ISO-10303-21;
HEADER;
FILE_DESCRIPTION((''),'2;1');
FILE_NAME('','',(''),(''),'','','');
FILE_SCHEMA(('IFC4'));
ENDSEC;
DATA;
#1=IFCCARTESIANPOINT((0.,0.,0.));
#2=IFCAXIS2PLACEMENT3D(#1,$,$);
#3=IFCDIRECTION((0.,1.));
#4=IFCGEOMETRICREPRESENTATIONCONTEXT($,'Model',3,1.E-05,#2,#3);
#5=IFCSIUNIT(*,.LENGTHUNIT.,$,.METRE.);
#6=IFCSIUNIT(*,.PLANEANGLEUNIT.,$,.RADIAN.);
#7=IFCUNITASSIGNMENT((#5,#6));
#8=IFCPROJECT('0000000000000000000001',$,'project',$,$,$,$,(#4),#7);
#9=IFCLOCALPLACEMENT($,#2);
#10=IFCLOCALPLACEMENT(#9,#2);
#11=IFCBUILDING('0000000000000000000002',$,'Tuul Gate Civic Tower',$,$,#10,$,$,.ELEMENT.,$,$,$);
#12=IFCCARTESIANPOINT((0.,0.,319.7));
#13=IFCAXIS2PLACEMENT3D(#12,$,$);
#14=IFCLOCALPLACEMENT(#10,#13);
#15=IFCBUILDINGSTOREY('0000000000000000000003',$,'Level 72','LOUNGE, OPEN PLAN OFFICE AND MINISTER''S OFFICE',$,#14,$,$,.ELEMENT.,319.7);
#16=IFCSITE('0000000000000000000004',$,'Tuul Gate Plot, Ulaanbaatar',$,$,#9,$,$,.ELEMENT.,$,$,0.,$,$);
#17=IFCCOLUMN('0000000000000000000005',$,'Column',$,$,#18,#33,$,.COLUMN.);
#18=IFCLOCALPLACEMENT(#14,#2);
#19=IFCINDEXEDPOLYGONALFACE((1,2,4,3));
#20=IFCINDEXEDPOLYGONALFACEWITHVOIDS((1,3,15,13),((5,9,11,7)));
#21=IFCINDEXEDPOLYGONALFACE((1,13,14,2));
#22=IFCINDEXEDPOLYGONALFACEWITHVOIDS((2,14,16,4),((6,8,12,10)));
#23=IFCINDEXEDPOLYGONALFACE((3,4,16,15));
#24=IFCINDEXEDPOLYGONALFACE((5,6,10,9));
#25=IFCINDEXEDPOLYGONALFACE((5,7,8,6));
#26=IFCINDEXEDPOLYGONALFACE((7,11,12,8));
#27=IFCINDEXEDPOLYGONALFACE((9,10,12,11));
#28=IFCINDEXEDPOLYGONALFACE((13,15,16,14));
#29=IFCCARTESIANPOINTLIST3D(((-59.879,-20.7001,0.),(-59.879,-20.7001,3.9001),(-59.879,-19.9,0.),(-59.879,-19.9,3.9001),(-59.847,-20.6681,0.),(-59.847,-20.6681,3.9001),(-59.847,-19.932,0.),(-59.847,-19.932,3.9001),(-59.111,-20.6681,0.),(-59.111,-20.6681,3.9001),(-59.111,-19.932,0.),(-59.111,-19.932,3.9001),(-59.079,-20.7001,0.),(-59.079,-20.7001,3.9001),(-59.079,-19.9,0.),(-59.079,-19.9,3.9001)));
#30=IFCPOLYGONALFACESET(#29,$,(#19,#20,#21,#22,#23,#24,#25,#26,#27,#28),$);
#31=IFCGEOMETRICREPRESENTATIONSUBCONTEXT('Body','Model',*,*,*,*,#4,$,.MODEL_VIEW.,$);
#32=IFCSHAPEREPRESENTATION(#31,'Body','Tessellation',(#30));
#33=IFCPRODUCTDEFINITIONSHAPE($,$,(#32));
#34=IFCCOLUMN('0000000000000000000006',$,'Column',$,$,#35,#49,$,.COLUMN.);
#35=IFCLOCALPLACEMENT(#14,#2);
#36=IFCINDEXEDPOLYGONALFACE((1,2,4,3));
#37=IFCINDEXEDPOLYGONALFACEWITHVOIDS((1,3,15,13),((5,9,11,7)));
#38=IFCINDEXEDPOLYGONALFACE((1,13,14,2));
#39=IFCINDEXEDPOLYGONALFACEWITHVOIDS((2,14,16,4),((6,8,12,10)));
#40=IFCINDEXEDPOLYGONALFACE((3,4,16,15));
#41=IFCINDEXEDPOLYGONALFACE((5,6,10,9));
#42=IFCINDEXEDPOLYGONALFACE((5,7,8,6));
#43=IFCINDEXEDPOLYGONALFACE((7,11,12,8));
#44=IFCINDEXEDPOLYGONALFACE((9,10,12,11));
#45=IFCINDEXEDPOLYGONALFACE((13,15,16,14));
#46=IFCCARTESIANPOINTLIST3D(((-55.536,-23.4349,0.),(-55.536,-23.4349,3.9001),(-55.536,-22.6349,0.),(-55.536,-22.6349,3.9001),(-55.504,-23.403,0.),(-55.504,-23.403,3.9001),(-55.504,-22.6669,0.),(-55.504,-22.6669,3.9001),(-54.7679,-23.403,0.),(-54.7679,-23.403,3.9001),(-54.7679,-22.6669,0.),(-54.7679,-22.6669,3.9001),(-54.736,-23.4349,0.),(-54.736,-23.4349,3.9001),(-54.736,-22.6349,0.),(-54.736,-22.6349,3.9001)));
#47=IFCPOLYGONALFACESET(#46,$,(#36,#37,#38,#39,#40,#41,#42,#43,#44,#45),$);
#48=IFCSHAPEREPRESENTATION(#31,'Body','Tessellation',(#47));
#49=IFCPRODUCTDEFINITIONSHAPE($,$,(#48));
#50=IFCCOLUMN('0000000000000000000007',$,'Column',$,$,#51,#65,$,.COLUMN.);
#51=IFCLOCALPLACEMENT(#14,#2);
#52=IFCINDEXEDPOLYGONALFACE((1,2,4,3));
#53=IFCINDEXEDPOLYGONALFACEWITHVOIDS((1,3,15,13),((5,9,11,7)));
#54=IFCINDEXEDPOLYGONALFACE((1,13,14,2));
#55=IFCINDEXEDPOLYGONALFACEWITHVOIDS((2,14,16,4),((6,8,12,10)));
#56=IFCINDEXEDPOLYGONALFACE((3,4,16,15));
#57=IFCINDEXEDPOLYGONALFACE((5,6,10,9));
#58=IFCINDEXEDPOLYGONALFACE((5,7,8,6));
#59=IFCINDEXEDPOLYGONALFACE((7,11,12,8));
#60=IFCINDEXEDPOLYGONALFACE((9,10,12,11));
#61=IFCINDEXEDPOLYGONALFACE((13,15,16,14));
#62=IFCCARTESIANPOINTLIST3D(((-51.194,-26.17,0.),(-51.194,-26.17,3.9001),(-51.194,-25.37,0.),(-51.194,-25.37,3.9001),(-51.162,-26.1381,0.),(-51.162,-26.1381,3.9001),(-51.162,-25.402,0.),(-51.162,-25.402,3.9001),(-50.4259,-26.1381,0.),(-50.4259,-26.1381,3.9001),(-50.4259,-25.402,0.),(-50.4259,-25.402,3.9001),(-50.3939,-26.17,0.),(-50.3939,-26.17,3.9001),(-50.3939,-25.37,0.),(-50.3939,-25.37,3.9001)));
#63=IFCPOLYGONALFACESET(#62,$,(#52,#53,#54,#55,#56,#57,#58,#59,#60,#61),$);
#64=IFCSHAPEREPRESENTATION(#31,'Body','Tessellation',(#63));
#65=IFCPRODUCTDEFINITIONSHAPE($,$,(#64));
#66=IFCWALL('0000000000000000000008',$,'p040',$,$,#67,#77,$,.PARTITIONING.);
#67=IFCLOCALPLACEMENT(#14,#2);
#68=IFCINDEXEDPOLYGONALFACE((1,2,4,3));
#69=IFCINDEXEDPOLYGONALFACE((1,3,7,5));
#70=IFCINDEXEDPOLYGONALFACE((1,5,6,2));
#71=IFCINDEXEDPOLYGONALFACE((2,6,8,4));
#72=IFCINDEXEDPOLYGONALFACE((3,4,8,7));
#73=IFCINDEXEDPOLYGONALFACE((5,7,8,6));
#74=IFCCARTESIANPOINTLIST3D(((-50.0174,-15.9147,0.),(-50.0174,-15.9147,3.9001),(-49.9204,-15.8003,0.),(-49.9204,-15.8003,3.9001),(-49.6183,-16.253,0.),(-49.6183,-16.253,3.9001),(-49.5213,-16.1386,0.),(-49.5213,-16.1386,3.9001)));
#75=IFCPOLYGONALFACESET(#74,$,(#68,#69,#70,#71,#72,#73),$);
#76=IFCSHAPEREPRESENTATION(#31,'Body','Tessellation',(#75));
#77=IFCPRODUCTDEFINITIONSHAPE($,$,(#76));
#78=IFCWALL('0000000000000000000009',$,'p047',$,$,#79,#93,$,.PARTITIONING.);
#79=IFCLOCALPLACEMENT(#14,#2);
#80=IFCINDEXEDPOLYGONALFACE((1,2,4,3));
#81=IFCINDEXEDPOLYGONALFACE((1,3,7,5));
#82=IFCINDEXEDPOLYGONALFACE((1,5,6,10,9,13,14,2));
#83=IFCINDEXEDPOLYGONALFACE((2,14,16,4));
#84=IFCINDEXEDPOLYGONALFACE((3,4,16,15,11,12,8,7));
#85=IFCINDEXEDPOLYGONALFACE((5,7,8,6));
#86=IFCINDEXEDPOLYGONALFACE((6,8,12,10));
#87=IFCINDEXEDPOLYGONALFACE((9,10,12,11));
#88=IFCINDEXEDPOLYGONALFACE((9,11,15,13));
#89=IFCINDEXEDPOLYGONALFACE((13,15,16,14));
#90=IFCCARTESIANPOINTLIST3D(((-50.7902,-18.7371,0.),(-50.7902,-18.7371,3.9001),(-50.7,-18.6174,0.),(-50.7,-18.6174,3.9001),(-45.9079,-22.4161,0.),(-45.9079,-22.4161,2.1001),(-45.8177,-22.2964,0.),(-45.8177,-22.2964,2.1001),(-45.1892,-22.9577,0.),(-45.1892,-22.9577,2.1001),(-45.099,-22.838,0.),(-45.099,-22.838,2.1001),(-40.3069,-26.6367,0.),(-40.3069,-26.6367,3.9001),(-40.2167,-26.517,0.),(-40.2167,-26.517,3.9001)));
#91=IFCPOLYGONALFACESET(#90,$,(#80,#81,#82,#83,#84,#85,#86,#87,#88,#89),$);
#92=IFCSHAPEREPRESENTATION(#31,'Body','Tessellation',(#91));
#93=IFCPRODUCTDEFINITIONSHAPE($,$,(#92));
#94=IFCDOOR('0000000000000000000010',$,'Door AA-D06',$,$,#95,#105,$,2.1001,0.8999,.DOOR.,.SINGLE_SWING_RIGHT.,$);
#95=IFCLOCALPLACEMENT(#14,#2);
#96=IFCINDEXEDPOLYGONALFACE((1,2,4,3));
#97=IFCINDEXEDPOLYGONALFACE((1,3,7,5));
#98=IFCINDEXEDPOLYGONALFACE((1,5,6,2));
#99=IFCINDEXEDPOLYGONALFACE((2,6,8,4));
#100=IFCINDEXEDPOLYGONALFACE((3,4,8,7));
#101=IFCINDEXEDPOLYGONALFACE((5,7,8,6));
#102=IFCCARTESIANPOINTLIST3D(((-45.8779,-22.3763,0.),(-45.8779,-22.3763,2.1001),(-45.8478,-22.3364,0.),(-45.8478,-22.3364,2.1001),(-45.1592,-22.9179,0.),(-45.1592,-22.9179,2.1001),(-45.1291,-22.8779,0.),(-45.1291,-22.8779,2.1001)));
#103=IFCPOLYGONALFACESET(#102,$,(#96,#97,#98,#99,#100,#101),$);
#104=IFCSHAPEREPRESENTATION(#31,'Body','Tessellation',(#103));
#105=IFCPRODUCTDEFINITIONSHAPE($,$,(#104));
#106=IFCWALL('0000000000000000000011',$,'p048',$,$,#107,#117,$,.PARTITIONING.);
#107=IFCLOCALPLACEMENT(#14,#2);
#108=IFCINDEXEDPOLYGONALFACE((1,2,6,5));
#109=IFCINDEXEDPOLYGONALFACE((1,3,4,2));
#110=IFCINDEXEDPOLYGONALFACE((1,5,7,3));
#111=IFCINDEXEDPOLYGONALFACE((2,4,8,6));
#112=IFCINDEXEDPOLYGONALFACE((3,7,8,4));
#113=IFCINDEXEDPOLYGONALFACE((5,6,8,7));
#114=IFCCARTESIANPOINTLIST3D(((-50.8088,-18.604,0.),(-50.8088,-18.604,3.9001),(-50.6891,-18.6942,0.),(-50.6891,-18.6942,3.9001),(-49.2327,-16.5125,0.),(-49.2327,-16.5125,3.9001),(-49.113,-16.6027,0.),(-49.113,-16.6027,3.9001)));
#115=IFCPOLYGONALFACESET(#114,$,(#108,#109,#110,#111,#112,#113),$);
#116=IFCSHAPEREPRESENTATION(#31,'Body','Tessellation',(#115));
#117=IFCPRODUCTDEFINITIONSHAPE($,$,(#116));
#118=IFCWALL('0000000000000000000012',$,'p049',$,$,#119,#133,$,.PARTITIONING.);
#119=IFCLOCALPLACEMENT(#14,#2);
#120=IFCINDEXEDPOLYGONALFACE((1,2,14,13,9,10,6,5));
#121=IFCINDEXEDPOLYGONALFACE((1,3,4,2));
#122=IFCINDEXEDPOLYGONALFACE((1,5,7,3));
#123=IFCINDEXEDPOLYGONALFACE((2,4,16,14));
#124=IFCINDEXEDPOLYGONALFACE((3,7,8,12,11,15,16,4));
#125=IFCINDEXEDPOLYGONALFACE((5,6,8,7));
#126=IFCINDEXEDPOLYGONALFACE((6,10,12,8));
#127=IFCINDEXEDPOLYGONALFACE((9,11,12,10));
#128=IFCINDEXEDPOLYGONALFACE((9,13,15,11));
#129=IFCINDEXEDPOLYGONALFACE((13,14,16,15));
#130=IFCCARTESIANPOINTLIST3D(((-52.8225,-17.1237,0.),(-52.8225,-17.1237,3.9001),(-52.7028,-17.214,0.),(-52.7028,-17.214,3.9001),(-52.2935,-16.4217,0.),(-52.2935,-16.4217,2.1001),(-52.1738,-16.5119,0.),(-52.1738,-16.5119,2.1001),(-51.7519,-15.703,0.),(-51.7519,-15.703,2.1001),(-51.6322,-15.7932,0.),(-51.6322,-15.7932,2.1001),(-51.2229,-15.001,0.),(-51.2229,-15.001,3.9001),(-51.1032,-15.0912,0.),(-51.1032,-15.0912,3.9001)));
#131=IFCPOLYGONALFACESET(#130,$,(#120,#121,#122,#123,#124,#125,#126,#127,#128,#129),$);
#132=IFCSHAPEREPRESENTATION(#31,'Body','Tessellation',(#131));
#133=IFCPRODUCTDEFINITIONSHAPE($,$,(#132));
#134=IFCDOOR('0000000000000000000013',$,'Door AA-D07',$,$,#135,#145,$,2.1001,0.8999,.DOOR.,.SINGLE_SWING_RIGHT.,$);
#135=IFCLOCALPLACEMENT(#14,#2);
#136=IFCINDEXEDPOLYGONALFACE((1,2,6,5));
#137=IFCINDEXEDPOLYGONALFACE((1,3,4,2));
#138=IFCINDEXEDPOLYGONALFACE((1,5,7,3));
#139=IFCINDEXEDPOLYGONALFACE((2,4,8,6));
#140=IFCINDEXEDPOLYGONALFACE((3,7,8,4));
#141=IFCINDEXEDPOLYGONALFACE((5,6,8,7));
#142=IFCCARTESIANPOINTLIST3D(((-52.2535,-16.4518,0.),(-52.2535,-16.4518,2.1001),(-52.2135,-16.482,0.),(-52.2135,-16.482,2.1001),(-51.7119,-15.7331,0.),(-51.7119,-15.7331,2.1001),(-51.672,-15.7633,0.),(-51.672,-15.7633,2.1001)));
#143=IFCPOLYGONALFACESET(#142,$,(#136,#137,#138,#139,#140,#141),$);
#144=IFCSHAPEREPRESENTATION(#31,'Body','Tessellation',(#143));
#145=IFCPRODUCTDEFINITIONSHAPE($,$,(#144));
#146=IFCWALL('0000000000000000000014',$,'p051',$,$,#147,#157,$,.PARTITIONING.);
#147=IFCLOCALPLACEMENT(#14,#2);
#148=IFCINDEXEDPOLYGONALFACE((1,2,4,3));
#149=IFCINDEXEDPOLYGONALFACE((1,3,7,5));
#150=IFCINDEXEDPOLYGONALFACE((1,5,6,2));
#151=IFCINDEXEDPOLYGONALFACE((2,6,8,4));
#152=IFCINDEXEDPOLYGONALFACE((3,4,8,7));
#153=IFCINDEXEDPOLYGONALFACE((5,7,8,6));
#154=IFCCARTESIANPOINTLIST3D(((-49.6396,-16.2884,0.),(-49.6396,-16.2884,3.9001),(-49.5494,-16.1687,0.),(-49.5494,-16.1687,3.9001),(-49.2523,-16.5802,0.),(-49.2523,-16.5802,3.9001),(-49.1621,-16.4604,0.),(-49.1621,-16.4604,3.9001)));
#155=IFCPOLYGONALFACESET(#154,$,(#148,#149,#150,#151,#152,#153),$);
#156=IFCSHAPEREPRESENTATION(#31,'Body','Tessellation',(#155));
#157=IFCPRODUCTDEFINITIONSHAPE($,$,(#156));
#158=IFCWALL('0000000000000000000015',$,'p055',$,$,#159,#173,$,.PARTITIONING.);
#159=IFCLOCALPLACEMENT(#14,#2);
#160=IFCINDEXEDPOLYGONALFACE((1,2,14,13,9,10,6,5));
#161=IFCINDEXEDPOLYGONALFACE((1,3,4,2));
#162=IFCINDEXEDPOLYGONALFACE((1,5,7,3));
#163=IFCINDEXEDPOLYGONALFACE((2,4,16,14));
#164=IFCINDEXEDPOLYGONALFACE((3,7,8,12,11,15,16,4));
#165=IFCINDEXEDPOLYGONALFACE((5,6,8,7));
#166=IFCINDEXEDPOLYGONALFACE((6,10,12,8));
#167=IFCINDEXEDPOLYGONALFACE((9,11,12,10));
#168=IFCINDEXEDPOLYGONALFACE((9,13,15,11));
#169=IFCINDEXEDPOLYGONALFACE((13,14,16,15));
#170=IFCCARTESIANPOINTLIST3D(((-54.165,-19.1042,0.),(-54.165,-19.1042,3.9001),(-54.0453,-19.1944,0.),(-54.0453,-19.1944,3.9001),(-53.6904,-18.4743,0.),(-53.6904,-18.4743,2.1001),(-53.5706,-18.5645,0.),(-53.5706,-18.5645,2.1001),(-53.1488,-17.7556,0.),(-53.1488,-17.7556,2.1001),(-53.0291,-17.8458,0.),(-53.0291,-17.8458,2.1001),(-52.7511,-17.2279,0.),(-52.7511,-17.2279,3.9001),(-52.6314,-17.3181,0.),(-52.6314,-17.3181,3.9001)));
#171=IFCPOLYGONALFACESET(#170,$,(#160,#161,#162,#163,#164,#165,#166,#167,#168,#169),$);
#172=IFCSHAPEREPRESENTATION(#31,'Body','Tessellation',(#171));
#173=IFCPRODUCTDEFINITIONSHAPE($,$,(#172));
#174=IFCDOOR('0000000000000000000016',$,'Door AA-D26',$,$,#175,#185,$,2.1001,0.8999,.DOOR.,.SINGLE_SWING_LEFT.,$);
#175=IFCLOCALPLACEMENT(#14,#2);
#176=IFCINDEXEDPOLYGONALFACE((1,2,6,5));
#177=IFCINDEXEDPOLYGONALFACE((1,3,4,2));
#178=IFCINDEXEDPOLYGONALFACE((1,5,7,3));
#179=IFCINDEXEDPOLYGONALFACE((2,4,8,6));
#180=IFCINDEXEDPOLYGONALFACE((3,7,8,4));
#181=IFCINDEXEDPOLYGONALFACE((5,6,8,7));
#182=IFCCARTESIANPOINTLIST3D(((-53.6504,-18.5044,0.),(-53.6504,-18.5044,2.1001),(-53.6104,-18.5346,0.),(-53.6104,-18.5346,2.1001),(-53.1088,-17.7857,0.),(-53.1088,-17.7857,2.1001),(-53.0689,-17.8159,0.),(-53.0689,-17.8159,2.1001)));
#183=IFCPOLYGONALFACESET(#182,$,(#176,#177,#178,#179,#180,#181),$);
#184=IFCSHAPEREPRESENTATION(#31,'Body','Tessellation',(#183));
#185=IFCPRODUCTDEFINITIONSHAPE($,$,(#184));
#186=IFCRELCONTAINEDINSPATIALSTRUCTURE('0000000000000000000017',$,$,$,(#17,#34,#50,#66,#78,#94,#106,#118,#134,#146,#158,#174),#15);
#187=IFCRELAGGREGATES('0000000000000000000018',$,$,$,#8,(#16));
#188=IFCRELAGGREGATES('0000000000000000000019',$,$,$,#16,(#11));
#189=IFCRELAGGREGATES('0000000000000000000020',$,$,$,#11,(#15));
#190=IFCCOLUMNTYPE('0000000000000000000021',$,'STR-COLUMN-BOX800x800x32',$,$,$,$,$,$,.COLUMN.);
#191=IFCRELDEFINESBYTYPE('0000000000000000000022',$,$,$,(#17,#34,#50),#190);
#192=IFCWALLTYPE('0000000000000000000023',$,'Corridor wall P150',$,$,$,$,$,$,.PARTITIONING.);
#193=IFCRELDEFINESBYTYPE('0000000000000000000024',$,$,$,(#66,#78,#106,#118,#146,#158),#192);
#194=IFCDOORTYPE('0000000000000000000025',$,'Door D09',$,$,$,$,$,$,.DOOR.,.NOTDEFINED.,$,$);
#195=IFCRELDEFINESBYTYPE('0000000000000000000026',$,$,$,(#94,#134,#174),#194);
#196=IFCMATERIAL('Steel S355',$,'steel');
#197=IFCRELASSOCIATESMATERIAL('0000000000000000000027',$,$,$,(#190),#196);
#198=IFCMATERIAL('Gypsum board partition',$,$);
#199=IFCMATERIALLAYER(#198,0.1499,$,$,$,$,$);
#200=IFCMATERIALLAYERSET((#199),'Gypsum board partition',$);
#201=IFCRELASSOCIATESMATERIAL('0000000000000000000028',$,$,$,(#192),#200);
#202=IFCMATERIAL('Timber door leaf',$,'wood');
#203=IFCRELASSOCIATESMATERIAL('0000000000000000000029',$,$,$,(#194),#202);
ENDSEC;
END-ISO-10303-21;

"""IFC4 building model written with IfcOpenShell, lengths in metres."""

from ifc_helpers import new_model, si_unit, direction, frame, frame_2d, origin, origin_2d, place, context, subcontext, project, spatial, rectangle, hollow_rectangle, extrude, material, layer, layer_set, material_profile, profile_set, type_object, element, fill, save


model = new_model("IFC4")

# Units and contexts
model_context = context("Model", 3, precision=1e-05, world=origin(), true_north=direction((0.0, 1.0)))
body_context = subcontext(model_context, "Body", "Model", "MODEL_VIEW")
ifc_project = project(units=[si_unit("LENGTHUNIT", "METRE"), si_unit("PLANEANGLEUNIT", "RADIAN")], contexts=[model_context])

# Site, building, storey
site_placement = place(None, origin())
site = spatial("IfcSite", under=ifc_project, at=site_placement, Name="Tuul Gate Plot, Ulaanbaatar", CompositionType="ELEMENT", RefElevation=0.0)
building_placement = place(site_placement, origin())
building = spatial("IfcBuilding", under=site, at=building_placement, Name="Tuul Gate Civic Tower", CompositionType="ELEMENT")
storey_placement = place(building_placement, frame((0.0, 0.0, 319.7)))
storey = spatial("IfcBuildingStorey", under=building, at=storey_placement, Name="Level 72", Description="LOUNGE, OPEN PLAN OFFICE AND MINISTER'S OFFICE", CompositionType="ELEMENT", Elevation=319.7)

# Columns
ifc_material_1 = material(Name="Steel S355", Category="steel")
ifc_material_profile_1 = material_profile(ifc_material_1, hollow_rectangle(XDim=0.8, YDim=0.8, WallThickness=0.032, at=origin_2d()), Name="BOX800x800x32")
ifc_profile_set_1 = profile_set([ifc_material_profile_1], Name="Steel S355")
column_type = type_object("IfcColumnType", Name="STR-COLUMN-BOX800x800x32", PredefinedType="COLUMN", material=ifc_profile_set_1)
for number, where, z_axis, x_axis, name in (
    (1, (-59.479, -20.3, 0.0), (0.0, 0.0, 1.0), (1.0, 0.0, 0.0), "Column"),
    (2, (-55.136, -23.0349, 0.0), (0.0, 0.0, 1.0), (1.0, 0.0, 0.0), "Column"),
    (3, (-50.7939, -25.77, 0.0), (0.0, 0.0, 1.0), (1.0, 0.0, 0.0), "Column"),
):
    element("IfcColumn", number, at=place(storey_placement, frame(where, z_axis=z_axis, x_axis=x_axis)), inside=storey, type_object=column_type, Name=name, PredefinedType="COLUMN", context=body_context, shape_type="SweptSolid", body=[
        extrude(hollow_rectangle(XDim=0.8, YDim=0.8, WallThickness=0.032, at=origin_2d()), origin(), (0.0, 0.0, 1.0), 3.9001),
    ])

# Wall
ifc_material_2 = material(Name="Gypsum board partition")
ifc_layer_1 = layer(ifc_material_2, 0.1499)
ifc_layer_set_1 = layer_set([ifc_layer_1], Name="Gypsum board partition")
wall_type_1 = type_object("IfcWallType", Name="Corridor wall P150", PredefinedType="PARTITIONING", material=ifc_layer_set_1)
wall_1_placement = place(storey_placement, frame((-49.969, -15.8574, 0.0), z_axis=(0.0, 0.0, 1.0), x_axis=(0.762802, -0.646632, 0.0)))
element("IfcWall", 4, at=wall_1_placement, inside=storey, type_object=wall_type_1, Name="p040", PredefinedType="PARTITIONING", context=body_context, shape_type="SweptSolid", body=[
    extrude(rectangle(XDim=0.5232, YDim=0.1499, at=frame_2d((0.2617, 0.0))), origin(), (0.0, 0.0, 1.0), 3.9001),
])

# Wall, opening, door
wall_2_placement = place(storey_placement, frame((-50.7451, -18.6772, 0.0), z_axis=(0.0, 0.0, 1.0), x_axis=(0.798641, -0.601808, 0.0)))
wall_2 = element("IfcWall", 5, at=wall_2_placement, inside=storey, type_object=wall_type_1, Name="p047", PredefinedType="PARTITIONING", context=body_context, shape_type="SweptSolid", body=[
    extrude(rectangle(XDim=13.1265, YDim=0.1499, at=frame_2d((6.5632, 0.0))), origin(), (0.0, 0.0, 1.0), 3.9001),
])
opening_1_placement = place(wall_2_placement, frame((6.1133, 0.0, 0.0)))
opening_1 = element("IfcOpeningElement", 6, at=opening_1_placement, cuts=wall_2, PredefinedType="OPENING", context=body_context, shape_type="SweptSolid", body=[
    extrude(rectangle(XDim=0.8999, YDim=2.1001, at=frame_2d((0.45, 1.05))), frame((0.0, 0.085, 0.0), z_axis=(0.0, -1.0, 0.0), x_axis=(1.0, 0.0, 0.0)), (0.0, 0.0, 1.0), 0.1699),
])
ifc_material_3 = material(Name="Timber door leaf", Category="wood")
door_type_1 = type_object("IfcDoorType", Name="Door D09", OperationType="NOTDEFINED", PredefinedType="DOOR", material=ifc_material_3)
door_1_placement = place(opening_1_placement, origin())
door_1 = element("IfcDoor", 7, at=door_1_placement, inside=storey, type_object=door_type_1, Name="Door AA-D06", OperationType="SINGLE_SWING_RIGHT", OverallHeight=2.1001, OverallWidth=0.8999, PredefinedType="DOOR", context=body_context, shape_type="SweptSolid", body=[
    extrude(rectangle(XDim=0.8999, YDim=2.1001, at=frame_2d((0.45, 1.05))), frame((0.0, 0.0249, 0.0), z_axis=(0.0, -1.0, 0.0), x_axis=(1.0, 0.0, 0.0)), (0.0, 0.0, 1.0), 0.05),
])
fill(opening_1, door_1)

# Wall
wall_3_placement = place(storey_placement, frame((-50.749, -18.6492, 0.0), z_axis=(0.0, 0.0, 1.0), x_axis=(0.601833, 0.798622, 0.0)))
element("IfcWall", 8, at=wall_3_placement, inside=storey, type_object=wall_type_1, Name="p048", PredefinedType="PARTITIONING", context=body_context, shape_type="SweptSolid", body=[
    extrude(rectangle(XDim=2.6189, YDim=0.1499, at=frame_2d((1.3096, 0.0))), origin(), (0.0, 0.0, 1.0), 3.9001),
])

# Wall, opening, door
wall_4_placement = place(storey_placement, frame((-52.7627, -17.1689, 0.0), z_axis=(0.0, 0.0, 1.0), x_axis=(0.601806, 0.798642, 0.0)))
wall_4 = element("IfcWall", 9, at=wall_4_placement, inside=storey, type_object=wall_type_1, Name="p049", PredefinedType="PARTITIONING", context=body_context, shape_type="SweptSolid", body=[
    extrude(rectangle(XDim=2.658, YDim=0.1499, at=frame_2d((1.3291, 0.0))), origin(), (0.0, 0.0, 1.0), 3.9001),
])
opening_2_placement = place(wall_4_placement, frame((0.8792, 0.0, 0.0)))
opening_2 = element("IfcOpeningElement", 10, at=opening_2_placement, cuts=wall_4, PredefinedType="OPENING", context=body_context, shape_type="SweptSolid", body=[
    extrude(rectangle(XDim=0.8999, YDim=2.1001, at=frame_2d((0.45, 1.05))), frame((0.0, 0.085, 0.0), z_axis=(0.0, -1.0, 0.0), x_axis=(1.0, 0.0, 0.0)), (0.0, 0.0, 1.0), 0.1699),
])
door_2_placement = place(opening_2_placement, origin())
door_2 = element("IfcDoor", 11, at=door_2_placement, inside=storey, type_object=door_type_1, Name="Door AA-D07", OperationType="SINGLE_SWING_RIGHT", OverallHeight=2.1001, OverallWidth=0.8999, PredefinedType="DOOR", context=body_context, shape_type="SweptSolid", body=[
    extrude(rectangle(XDim=0.8999, YDim=2.1001, at=frame_2d((0.45, 1.05))), frame((0.0, 0.0249, 0.0), z_axis=(0.0, -1.0, 0.0), x_axis=(1.0, 0.0, 0.0)), (0.0, 0.0, 1.0), 0.05),
])
fill(opening_2, door_2)

# Wall
wall_5_placement = place(storey_placement, frame((-49.5945, -16.2285, 0.0), z_axis=(0.0, 0.0, 1.0), x_axis=(0.798669, -0.601771, 0.0)))
element("IfcWall", 12, at=wall_5_placement, inside=storey, type_object=wall_type_1, Name="p051", PredefinedType="PARTITIONING", context=body_context, shape_type="SweptSolid", body=[
    extrude(rectangle(XDim=0.4849, YDim=0.1499, at=frame_2d((0.2424, 0.0))), origin(), (0.0, 0.0, 1.0), 3.9001),
])

# Wall, opening, door
wall_6_placement = place(storey_placement, frame((-54.1052, -19.1494, 0.0), z_axis=(0.0, 0.0, 1.0), x_axis=(0.601811, 0.798639, 0.0)))
wall_6 = element("IfcWall", 13, at=wall_6_placement, inside=storey, type_object=wall_type_1, Name="p055", PredefinedType="PARTITIONING", context=body_context, shape_type="SweptSolid", body=[
    extrude(rectangle(XDim=2.3494, YDim=0.1499, at=frame_2d((1.1748, 0.0))), origin(), (0.0, 0.0, 1.0), 3.9001),
])
opening_3_placement = place(wall_6_placement, frame((0.7888, 0.0, 0.0)))
opening_3 = element("IfcOpeningElement", 14, at=opening_3_placement, cuts=wall_6, PredefinedType="OPENING", context=body_context, shape_type="SweptSolid", body=[
    extrude(rectangle(XDim=0.8999, YDim=2.1001, at=frame_2d((0.45, 1.05))), frame((0.0, 0.085, 0.0), z_axis=(0.0, -1.0, 0.0), x_axis=(1.0, 0.0, 0.0)), (0.0, 0.0, 1.0), 0.1699),
])
door_3_placement = place(opening_3_placement, origin())
door_3 = element("IfcDoor", 15, at=door_3_placement, inside=storey, type_object=door_type_1, Name="Door AA-D26", OperationType="SINGLE_SWING_LEFT", OverallHeight=2.1001, OverallWidth=0.8999, PredefinedType="DOOR", context=body_context, shape_type="SweptSolid", body=[
    extrude(rectangle(XDim=0.8999, YDim=2.1001, at=frame_2d((0.45, 1.05))), frame((0.0, 0.0249, 0.0), z_axis=(0.0, -1.0, 0.0), x_axis=(1.0, 0.0, 0.0)), (0.0, 0.0, 1.0), 0.05),
])
fill(opening_3, door_3)

save(model, "model.ifc")
